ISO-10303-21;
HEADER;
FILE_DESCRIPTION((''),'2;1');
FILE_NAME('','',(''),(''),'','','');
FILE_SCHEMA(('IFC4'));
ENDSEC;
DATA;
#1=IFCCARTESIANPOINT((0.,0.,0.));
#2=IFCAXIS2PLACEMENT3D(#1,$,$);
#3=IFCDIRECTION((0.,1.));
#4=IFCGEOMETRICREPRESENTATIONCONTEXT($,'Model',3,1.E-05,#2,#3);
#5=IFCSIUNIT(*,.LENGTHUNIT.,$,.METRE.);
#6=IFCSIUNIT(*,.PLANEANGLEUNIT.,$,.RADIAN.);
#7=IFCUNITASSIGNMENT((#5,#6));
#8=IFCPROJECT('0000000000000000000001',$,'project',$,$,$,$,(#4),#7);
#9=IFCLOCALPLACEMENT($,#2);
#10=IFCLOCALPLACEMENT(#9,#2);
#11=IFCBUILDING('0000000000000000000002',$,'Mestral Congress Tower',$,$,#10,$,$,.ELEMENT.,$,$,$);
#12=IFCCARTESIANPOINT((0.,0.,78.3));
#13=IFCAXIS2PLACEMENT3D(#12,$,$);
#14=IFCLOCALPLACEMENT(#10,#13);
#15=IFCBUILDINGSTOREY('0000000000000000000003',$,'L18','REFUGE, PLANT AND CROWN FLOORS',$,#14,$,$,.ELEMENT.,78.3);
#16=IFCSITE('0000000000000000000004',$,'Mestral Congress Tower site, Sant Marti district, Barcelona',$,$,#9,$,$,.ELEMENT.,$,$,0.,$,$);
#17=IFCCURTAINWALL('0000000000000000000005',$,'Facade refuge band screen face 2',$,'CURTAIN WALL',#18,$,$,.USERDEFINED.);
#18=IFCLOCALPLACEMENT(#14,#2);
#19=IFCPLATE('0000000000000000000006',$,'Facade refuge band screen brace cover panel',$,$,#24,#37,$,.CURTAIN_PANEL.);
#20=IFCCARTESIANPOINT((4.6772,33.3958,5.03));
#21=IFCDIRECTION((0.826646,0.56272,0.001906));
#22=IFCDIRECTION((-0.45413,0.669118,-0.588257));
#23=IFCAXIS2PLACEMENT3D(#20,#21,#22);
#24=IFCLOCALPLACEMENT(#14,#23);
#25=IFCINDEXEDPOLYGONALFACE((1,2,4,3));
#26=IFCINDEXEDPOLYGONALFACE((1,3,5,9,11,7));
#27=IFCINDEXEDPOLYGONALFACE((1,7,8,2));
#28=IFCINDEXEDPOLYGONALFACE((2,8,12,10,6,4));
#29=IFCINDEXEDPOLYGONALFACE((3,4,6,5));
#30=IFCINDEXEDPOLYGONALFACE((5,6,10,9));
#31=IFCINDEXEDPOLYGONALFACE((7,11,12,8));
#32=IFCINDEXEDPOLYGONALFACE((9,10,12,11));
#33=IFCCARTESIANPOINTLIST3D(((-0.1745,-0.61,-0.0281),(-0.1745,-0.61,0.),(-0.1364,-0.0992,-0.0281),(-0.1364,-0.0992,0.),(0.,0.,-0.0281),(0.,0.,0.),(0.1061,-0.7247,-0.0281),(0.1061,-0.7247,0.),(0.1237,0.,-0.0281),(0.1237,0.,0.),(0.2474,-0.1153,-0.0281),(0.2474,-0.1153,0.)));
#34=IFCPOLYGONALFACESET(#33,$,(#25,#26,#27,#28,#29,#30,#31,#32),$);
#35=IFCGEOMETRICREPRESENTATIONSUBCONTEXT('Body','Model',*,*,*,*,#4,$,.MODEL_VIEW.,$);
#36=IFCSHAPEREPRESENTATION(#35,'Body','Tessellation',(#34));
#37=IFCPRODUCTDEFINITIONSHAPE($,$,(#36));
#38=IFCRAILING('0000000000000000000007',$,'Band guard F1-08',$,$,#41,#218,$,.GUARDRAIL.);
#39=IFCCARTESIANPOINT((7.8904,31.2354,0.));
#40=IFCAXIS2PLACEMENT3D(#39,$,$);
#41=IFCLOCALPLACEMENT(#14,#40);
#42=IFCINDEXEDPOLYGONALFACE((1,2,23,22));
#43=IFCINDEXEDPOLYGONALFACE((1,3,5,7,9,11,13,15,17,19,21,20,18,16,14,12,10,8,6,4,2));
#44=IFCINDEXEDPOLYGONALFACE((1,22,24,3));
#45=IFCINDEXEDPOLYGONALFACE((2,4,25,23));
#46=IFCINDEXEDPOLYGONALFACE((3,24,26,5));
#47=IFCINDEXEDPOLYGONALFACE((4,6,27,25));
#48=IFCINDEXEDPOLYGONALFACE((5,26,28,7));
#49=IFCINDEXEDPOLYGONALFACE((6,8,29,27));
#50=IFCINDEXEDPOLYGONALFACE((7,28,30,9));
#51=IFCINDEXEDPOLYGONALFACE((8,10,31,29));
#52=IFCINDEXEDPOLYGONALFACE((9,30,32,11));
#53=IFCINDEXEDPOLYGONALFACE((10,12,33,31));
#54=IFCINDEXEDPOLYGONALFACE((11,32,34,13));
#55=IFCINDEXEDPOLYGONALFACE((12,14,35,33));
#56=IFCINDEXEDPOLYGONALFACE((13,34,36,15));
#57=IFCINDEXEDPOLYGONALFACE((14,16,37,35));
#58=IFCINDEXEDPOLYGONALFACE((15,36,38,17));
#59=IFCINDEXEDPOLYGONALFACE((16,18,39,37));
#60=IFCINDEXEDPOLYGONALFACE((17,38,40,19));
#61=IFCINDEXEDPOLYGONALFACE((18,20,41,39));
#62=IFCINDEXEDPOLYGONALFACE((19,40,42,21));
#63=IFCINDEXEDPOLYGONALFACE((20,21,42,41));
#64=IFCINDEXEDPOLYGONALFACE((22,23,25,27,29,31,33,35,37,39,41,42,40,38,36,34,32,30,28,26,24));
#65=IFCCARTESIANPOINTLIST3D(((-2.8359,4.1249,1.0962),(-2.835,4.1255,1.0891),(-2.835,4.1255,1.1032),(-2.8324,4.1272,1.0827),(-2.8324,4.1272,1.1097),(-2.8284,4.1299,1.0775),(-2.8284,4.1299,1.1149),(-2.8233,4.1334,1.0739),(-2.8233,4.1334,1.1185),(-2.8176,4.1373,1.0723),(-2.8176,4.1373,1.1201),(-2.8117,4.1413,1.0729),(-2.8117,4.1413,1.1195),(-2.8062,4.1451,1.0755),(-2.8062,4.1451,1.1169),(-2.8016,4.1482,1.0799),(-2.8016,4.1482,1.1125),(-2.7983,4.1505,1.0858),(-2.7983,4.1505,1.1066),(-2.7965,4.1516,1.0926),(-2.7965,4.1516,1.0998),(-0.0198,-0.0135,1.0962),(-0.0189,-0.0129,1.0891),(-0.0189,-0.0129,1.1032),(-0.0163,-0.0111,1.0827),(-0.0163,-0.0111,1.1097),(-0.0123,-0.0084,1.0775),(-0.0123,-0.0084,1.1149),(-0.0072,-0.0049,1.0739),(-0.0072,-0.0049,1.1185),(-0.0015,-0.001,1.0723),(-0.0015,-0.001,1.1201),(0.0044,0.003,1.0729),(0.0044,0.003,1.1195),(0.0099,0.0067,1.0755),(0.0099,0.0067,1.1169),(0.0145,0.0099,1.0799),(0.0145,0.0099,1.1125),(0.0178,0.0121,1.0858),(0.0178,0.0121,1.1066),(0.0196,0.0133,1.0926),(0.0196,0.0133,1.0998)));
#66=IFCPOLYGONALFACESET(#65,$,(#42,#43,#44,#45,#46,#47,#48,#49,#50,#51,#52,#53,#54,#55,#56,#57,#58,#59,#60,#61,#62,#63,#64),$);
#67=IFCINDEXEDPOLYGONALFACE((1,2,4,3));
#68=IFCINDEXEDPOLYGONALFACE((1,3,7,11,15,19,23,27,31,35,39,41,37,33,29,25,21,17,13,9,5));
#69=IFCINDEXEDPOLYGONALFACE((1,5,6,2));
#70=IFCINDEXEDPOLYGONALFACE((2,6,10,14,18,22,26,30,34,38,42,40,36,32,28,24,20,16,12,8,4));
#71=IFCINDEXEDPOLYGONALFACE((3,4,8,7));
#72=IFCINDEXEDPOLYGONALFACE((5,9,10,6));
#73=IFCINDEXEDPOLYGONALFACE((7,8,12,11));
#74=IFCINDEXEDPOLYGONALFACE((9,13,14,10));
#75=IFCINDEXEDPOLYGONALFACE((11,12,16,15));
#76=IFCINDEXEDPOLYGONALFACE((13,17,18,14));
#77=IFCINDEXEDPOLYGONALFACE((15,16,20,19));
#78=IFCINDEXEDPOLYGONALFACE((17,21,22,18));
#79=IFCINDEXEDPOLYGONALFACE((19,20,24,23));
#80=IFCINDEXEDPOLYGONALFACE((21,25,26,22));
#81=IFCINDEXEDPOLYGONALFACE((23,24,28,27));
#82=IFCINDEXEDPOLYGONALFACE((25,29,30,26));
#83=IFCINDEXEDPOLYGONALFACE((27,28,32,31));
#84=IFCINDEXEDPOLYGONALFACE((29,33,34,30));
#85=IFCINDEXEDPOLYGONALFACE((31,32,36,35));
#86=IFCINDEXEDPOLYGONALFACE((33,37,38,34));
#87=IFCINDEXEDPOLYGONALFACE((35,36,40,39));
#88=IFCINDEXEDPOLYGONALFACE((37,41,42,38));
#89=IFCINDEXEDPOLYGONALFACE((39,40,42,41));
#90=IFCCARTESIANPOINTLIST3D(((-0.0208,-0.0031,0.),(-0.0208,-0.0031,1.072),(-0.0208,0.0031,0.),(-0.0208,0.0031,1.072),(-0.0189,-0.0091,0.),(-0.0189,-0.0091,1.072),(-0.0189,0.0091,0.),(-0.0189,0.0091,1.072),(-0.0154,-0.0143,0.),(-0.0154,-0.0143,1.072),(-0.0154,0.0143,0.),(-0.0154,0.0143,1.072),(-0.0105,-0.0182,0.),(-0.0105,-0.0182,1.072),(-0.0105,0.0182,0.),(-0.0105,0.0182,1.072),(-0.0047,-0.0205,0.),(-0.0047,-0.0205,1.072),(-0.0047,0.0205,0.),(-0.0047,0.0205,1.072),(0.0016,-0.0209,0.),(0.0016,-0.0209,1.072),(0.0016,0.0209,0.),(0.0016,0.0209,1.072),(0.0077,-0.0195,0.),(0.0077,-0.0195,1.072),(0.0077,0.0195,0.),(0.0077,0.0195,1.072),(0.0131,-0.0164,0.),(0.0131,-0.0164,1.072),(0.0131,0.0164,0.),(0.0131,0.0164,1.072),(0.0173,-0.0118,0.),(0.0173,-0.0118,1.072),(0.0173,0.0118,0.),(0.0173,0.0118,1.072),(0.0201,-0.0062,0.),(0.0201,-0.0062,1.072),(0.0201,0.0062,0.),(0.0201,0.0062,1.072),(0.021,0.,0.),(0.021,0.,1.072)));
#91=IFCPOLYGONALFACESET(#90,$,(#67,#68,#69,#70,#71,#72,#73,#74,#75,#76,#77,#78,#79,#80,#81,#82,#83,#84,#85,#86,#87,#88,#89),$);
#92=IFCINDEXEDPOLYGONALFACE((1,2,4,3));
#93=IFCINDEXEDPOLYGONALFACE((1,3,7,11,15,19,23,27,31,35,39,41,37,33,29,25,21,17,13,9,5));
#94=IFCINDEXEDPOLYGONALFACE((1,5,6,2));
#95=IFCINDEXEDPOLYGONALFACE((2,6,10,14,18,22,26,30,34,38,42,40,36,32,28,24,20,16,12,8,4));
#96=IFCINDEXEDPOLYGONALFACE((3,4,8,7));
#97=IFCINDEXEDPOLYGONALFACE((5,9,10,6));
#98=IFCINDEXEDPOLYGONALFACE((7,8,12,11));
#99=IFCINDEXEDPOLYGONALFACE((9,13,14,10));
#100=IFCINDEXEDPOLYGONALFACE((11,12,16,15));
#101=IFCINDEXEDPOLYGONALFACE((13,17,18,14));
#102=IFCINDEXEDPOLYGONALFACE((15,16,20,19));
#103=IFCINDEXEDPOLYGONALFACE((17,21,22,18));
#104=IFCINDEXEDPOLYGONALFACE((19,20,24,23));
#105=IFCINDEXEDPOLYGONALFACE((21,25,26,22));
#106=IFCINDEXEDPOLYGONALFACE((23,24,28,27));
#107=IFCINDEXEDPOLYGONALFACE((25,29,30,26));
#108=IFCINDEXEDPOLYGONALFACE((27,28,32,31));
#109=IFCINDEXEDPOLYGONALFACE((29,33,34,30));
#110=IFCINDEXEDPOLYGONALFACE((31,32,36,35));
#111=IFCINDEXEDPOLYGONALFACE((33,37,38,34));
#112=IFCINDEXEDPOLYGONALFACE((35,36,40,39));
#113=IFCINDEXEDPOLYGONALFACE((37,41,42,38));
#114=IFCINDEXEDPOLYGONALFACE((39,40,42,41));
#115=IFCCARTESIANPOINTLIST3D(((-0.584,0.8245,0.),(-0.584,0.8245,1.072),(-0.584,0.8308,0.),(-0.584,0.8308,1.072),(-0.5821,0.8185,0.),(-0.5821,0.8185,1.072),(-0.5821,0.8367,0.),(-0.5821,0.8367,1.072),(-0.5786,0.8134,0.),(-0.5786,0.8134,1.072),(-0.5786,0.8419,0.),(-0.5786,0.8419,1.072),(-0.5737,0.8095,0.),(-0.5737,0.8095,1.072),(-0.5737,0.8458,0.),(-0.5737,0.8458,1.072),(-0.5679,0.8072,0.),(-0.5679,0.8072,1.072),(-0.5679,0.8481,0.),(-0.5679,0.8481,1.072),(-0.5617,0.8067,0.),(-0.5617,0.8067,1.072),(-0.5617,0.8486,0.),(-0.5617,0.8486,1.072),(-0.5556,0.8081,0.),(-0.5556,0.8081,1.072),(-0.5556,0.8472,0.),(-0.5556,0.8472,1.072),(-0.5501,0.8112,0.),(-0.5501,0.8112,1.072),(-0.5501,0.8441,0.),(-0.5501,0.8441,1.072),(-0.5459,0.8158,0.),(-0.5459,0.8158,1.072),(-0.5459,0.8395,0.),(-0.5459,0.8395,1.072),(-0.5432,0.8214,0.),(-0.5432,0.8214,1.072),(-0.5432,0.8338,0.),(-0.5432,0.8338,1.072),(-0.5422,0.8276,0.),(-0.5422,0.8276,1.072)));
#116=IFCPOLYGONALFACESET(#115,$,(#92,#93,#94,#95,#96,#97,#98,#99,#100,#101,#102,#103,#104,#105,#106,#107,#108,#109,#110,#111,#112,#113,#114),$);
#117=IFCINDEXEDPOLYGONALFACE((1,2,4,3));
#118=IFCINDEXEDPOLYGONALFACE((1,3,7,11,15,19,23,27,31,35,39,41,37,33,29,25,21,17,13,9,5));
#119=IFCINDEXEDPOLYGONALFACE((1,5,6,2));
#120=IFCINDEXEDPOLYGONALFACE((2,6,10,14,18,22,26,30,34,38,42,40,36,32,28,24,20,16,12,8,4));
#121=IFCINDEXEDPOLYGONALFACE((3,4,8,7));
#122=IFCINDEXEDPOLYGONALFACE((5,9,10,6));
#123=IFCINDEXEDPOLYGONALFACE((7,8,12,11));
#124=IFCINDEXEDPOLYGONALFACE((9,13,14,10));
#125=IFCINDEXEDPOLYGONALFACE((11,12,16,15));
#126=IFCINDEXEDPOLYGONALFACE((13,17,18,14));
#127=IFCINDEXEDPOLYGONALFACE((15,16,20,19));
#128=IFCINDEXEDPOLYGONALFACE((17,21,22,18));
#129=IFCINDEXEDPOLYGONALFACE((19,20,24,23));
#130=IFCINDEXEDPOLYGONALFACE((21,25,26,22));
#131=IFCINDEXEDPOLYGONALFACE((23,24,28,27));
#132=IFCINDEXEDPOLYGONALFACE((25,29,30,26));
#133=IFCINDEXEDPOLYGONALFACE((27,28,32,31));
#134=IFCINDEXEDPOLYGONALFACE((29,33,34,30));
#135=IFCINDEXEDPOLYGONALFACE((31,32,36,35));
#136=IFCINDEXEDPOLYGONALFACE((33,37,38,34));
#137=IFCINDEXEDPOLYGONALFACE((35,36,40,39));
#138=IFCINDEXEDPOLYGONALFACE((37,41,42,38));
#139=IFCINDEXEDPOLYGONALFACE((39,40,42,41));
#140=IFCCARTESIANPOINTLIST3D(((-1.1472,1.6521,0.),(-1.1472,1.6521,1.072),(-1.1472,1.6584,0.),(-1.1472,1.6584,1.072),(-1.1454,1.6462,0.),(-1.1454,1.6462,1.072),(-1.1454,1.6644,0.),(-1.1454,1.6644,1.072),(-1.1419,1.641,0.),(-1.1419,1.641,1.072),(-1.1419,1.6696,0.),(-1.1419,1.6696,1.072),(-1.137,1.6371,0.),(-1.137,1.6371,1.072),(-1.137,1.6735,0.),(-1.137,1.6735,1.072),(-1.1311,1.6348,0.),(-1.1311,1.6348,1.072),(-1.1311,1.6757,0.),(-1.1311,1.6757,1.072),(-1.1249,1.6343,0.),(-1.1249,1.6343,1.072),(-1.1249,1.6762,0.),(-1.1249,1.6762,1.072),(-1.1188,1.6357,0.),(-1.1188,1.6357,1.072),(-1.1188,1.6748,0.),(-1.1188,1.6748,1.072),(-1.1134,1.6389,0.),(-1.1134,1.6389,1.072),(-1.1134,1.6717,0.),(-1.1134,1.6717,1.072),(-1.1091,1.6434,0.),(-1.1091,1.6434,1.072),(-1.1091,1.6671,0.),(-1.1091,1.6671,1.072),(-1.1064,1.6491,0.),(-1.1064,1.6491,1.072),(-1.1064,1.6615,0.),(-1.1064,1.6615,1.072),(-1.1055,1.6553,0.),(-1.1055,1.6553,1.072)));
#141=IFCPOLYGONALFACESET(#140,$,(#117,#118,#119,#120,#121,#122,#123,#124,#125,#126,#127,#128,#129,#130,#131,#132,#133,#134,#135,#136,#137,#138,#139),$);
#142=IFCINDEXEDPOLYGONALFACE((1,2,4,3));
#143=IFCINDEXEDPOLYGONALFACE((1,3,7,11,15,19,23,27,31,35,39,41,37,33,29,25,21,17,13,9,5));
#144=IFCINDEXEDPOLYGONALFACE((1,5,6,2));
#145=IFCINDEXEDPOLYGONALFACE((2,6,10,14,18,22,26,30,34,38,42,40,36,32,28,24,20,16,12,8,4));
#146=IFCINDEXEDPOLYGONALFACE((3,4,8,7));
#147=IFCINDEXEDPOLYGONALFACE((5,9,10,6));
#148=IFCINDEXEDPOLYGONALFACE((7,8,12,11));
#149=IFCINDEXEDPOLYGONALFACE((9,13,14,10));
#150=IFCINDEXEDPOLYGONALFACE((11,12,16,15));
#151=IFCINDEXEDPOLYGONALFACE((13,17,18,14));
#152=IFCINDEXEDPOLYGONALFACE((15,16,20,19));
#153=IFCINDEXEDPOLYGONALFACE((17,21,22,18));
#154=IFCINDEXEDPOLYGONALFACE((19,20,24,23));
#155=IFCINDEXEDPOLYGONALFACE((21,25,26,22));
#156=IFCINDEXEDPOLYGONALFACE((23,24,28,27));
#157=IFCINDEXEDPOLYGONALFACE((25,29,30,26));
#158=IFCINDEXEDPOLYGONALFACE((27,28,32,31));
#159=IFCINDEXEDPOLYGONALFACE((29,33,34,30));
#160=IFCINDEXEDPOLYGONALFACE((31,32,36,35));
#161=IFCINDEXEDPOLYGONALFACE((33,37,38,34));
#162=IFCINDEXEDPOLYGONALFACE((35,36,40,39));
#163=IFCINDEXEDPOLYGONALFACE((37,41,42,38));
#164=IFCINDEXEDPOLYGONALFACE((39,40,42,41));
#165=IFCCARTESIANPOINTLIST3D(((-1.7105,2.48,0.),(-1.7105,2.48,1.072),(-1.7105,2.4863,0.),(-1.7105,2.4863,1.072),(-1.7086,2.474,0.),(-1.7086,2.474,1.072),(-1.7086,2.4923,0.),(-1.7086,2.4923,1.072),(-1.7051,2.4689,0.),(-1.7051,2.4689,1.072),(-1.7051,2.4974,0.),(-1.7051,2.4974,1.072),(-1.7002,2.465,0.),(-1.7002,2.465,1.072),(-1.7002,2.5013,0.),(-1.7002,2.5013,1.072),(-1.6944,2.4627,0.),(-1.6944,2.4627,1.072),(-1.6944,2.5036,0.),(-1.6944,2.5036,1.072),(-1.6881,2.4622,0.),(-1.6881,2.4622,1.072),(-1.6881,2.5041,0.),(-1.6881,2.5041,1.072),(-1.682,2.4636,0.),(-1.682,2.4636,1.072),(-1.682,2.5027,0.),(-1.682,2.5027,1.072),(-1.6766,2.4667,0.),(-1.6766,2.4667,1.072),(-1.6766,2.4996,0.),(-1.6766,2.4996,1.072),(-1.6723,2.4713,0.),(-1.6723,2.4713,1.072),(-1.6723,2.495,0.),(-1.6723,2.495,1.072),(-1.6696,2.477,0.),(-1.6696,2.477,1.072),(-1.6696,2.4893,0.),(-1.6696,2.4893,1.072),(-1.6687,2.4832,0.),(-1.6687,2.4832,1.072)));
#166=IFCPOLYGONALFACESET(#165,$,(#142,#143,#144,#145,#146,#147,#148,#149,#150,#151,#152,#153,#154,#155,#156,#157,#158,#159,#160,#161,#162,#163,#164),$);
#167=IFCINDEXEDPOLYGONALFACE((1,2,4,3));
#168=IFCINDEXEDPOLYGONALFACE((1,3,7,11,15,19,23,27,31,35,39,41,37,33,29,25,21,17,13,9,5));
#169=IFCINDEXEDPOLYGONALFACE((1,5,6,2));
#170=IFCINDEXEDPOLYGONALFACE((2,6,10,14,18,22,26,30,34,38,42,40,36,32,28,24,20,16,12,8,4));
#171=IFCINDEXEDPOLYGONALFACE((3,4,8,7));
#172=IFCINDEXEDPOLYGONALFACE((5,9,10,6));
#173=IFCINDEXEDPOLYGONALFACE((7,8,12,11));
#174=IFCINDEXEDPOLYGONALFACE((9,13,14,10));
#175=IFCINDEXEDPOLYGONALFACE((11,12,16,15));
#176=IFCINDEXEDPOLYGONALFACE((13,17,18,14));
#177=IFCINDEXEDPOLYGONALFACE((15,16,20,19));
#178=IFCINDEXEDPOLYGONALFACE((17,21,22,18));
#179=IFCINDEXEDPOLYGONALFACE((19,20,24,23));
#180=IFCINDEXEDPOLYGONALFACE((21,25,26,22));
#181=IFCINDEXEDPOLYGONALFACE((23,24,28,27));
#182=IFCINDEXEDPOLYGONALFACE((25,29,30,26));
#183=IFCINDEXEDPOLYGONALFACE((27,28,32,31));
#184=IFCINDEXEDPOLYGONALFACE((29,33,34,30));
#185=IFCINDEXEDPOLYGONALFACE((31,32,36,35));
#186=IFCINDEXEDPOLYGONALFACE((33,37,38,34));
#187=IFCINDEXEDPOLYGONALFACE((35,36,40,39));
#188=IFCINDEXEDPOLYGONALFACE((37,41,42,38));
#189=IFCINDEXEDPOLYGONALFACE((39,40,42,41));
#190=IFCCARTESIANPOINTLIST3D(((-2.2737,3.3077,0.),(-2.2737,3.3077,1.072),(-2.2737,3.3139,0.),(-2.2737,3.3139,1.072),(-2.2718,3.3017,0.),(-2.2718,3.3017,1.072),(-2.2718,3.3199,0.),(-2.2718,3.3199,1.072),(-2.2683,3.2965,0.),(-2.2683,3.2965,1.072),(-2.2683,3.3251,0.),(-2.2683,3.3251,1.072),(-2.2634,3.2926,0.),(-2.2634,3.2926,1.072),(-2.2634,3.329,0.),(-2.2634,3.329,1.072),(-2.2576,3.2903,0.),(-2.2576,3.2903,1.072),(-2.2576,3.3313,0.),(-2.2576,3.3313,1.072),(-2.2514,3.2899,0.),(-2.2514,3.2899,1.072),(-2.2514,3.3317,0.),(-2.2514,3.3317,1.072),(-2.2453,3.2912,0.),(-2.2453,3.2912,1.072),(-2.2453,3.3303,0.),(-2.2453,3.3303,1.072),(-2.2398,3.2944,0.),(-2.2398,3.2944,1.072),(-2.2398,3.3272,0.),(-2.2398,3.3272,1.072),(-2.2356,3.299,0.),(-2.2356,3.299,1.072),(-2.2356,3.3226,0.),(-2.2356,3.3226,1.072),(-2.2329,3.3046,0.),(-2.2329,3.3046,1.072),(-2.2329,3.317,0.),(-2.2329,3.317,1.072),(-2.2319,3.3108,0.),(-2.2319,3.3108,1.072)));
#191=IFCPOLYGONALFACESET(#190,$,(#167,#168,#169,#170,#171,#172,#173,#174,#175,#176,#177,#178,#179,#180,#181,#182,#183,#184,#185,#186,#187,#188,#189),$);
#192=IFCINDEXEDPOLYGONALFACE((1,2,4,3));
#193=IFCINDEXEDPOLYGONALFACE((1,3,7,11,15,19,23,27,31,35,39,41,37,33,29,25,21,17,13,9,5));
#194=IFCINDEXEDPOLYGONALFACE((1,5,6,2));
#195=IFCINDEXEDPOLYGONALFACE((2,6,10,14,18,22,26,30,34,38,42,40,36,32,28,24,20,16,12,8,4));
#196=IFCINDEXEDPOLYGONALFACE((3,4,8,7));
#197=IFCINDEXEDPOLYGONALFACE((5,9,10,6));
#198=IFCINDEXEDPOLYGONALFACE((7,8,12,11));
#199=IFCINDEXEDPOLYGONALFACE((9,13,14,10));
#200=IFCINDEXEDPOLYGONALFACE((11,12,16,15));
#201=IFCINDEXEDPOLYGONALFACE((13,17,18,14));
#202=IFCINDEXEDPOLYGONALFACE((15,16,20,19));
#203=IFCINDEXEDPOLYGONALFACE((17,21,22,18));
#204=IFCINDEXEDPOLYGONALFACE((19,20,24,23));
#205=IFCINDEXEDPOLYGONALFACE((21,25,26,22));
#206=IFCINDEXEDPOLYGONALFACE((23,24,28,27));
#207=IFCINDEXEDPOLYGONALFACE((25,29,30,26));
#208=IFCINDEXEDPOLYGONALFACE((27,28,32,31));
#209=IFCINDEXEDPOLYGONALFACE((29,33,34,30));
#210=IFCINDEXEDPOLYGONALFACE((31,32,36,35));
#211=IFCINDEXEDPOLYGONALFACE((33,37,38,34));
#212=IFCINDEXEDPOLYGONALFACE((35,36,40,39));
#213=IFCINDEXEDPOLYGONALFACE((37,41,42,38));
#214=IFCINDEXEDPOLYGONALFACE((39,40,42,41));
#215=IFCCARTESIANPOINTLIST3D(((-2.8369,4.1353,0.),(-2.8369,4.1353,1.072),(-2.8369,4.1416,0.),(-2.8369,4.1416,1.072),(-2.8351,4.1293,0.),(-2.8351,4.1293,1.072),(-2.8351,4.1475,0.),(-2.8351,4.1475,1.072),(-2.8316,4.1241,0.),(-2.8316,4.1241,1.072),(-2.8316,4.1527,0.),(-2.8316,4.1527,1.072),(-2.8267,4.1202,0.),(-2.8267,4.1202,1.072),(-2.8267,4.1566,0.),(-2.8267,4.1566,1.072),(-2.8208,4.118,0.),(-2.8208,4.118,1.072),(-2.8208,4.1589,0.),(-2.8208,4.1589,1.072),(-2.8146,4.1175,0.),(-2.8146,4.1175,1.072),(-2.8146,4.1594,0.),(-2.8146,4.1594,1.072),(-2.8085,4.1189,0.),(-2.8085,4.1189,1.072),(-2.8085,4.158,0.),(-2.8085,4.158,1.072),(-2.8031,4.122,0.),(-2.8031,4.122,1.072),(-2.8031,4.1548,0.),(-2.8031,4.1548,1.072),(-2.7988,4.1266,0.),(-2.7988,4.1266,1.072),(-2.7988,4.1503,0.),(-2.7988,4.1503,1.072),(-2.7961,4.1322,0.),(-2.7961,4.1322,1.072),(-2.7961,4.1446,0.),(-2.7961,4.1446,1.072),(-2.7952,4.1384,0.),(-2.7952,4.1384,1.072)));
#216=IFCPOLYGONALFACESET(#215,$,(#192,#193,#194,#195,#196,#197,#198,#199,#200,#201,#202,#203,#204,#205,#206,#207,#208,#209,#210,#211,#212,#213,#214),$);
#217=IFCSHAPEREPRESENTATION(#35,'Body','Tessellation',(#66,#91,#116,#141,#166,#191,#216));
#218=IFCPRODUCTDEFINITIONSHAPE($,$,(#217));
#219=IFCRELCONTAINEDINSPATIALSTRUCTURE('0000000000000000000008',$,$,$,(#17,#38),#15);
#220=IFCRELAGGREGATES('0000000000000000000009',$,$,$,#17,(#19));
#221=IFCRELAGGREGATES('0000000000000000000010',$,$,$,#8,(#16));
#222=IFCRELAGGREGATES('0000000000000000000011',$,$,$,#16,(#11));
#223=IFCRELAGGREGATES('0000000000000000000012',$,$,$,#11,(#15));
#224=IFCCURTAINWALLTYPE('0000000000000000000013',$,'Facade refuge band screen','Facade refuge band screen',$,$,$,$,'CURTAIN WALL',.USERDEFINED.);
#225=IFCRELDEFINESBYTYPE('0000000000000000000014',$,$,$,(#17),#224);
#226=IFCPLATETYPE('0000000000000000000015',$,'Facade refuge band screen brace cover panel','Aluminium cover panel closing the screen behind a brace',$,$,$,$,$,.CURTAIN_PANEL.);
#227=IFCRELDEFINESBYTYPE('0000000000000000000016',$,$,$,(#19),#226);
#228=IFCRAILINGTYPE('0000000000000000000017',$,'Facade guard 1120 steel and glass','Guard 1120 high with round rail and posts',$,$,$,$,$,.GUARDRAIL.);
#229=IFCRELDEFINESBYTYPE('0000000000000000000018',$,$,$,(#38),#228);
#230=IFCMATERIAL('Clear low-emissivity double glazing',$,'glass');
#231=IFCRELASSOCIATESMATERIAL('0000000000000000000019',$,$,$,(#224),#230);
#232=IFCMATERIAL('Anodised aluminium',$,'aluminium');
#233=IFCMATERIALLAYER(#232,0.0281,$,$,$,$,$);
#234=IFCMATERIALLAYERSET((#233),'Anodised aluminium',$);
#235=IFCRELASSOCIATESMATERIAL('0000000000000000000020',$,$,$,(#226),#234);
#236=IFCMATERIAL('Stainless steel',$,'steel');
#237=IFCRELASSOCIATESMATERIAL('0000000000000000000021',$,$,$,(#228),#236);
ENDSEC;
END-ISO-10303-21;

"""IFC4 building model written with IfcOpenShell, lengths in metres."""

from ifc_helpers import new_model, si_unit, direction, frame, origin, origin_2d, place, context, subcontext, project, spatial, polyline, circle, outline, extrude, material, layer, layer_set, type_object, element, aggregate, save


model = new_model("IFC4")

# Units and contexts
model_context = context("Model", 3, precision=1e-05, world=origin(), true_north=direction((0.0, 1.0)))
body_context = subcontext(model_context, "Body", "Model", "MODEL_VIEW")
ifc_project = project(units=[si_unit("LENGTHUNIT", "METRE"), si_unit("PLANEANGLEUNIT", "RADIAN")], contexts=[model_context])

# Site, building, storey
site_placement = place(None, origin())
site = spatial("IfcSite", under=ifc_project, at=site_placement, Name="Mestral Congress Tower site, Sant Marti district, Barcelona", CompositionType="ELEMENT", RefElevation=0.0)
building_placement = place(site_placement, origin())
building = spatial("IfcBuilding", under=site, at=building_placement, Name="Mestral Congress Tower", CompositionType="ELEMENT")
storey_placement = place(building_placement, frame((0.0, 0.0, 78.3)))
storey = spatial("IfcBuildingStorey", under=building, at=storey_placement, Name="L18", Description="REFUGE, PLANT AND CROWN FLOORS", CompositionType="ELEMENT", Elevation=78.3)

# Curtain wall
ifc_material_1 = material(Name="Clear low-emissivity double glazing", Category="glass")
curtain_wall_type = type_object("IfcCurtainWallType", Name="Facade refuge band screen", Description="Facade refuge band screen", ElementType="CURTAIN WALL", PredefinedType="USERDEFINED", material=ifc_material_1)
curtain_wall_placement = place(storey_placement, origin())
curtain_wall = element("IfcCurtainWall", 1, at=curtain_wall_placement, inside=storey, type_object=curtain_wall_type, Name="Facade refuge band screen face 2", ObjectType="CURTAIN WALL", PredefinedType="USERDEFINED")
ifc_material_2 = material(Name="Anodised aluminium", Category="aluminium")

# Plate
ifc_layer_1 = layer(ifc_material_2, 0.0281)
ifc_layer_set_1 = layer_set([ifc_layer_1], Name="Anodised aluminium")
plate_type_1 = type_object("IfcPlateType", Name="Facade refuge band screen brace cover panel", Description="Aluminium cover panel closing the screen behind a brace", PredefinedType="CURTAIN_PANEL", material=ifc_layer_set_1)
plate_1_placement = place(storey_placement, frame((4.6772, 33.3958, 5.03), z_axis=(0.826646, 0.56272, 0.001906), x_axis=(-0.45413, 0.669118, -0.588257)))
plate_1 = element("IfcPlate", 2, at=plate_1_placement, type_object=plate_type_1, Name="Facade refuge band screen brace cover panel", PredefinedType="CURTAIN_PANEL", context=body_context, shape_type="SweptSolid", body=[
    extrude(outline(polyline([(0.0, 0.0), (0.1237, 0.0), (0.2474, -0.1153), (0.1061, -0.7247), (-0.1745, -0.61), (-0.1364, -0.0992), (0.0, 0.0)])), origin(), (0.0, 0.0, -1.0), 0.0281),
])

# Railing
ifc_material_3 = material(Name="Stainless steel", Category="steel")
railing_type = type_object("IfcRailingType", Name="Facade guard 1120 steel and glass", Description="Guard 1120 high with round rail and posts", PredefinedType="GUARDRAIL", material=ifc_material_3)
railing_placement = place(storey_placement, frame((7.8904, 31.2354, 0.0)))
element("IfcRailing", 3, at=railing_placement, inside=storey, type_object=railing_type, Name="Band guard F1-08", PredefinedType="GUARDRAIL", context=body_context, shape_type="SweptSolid", body=[
    extrude(circle(Radius=0.0239, at=origin_2d()), frame((0.0, 0.0, 1.0962), z_axis=(-0.562587, 0.826738, 0.0), x_axis=(-0.826738, -0.562587, 0.0)), (0.0, 0.0, 1.0), 5.0056),
    extrude(circle(Radius=0.021, at=origin_2d()), origin(), (0.0, 0.0, 1.0), 1.072),
    extrude(circle(Radius=0.021, at=origin_2d()), frame((-0.5632, 0.8276, 0.0)), (0.0, 0.0, 1.0), 1.072),
    extrude(circle(Radius=0.021, at=origin_2d()), frame((-1.1265, 1.6553, 0.0)), (0.0, 0.0, 1.0), 1.072),
    extrude(circle(Radius=0.021, at=origin_2d()), frame((-1.6897, 2.4832, 0.0)), (0.0, 0.0, 1.0), 1.072),
    extrude(circle(Radius=0.021, at=origin_2d()), frame((-2.2529, 3.3108, 0.0)), (0.0, 0.0, 1.0), 1.072),
    extrude(circle(Radius=0.021, at=origin_2d()), frame((-2.8162, 4.1384, 0.0)), (0.0, 0.0, 1.0), 1.072),
])

aggregate(curtain_wall, [plate_1])

save(model, "model.ifc")
